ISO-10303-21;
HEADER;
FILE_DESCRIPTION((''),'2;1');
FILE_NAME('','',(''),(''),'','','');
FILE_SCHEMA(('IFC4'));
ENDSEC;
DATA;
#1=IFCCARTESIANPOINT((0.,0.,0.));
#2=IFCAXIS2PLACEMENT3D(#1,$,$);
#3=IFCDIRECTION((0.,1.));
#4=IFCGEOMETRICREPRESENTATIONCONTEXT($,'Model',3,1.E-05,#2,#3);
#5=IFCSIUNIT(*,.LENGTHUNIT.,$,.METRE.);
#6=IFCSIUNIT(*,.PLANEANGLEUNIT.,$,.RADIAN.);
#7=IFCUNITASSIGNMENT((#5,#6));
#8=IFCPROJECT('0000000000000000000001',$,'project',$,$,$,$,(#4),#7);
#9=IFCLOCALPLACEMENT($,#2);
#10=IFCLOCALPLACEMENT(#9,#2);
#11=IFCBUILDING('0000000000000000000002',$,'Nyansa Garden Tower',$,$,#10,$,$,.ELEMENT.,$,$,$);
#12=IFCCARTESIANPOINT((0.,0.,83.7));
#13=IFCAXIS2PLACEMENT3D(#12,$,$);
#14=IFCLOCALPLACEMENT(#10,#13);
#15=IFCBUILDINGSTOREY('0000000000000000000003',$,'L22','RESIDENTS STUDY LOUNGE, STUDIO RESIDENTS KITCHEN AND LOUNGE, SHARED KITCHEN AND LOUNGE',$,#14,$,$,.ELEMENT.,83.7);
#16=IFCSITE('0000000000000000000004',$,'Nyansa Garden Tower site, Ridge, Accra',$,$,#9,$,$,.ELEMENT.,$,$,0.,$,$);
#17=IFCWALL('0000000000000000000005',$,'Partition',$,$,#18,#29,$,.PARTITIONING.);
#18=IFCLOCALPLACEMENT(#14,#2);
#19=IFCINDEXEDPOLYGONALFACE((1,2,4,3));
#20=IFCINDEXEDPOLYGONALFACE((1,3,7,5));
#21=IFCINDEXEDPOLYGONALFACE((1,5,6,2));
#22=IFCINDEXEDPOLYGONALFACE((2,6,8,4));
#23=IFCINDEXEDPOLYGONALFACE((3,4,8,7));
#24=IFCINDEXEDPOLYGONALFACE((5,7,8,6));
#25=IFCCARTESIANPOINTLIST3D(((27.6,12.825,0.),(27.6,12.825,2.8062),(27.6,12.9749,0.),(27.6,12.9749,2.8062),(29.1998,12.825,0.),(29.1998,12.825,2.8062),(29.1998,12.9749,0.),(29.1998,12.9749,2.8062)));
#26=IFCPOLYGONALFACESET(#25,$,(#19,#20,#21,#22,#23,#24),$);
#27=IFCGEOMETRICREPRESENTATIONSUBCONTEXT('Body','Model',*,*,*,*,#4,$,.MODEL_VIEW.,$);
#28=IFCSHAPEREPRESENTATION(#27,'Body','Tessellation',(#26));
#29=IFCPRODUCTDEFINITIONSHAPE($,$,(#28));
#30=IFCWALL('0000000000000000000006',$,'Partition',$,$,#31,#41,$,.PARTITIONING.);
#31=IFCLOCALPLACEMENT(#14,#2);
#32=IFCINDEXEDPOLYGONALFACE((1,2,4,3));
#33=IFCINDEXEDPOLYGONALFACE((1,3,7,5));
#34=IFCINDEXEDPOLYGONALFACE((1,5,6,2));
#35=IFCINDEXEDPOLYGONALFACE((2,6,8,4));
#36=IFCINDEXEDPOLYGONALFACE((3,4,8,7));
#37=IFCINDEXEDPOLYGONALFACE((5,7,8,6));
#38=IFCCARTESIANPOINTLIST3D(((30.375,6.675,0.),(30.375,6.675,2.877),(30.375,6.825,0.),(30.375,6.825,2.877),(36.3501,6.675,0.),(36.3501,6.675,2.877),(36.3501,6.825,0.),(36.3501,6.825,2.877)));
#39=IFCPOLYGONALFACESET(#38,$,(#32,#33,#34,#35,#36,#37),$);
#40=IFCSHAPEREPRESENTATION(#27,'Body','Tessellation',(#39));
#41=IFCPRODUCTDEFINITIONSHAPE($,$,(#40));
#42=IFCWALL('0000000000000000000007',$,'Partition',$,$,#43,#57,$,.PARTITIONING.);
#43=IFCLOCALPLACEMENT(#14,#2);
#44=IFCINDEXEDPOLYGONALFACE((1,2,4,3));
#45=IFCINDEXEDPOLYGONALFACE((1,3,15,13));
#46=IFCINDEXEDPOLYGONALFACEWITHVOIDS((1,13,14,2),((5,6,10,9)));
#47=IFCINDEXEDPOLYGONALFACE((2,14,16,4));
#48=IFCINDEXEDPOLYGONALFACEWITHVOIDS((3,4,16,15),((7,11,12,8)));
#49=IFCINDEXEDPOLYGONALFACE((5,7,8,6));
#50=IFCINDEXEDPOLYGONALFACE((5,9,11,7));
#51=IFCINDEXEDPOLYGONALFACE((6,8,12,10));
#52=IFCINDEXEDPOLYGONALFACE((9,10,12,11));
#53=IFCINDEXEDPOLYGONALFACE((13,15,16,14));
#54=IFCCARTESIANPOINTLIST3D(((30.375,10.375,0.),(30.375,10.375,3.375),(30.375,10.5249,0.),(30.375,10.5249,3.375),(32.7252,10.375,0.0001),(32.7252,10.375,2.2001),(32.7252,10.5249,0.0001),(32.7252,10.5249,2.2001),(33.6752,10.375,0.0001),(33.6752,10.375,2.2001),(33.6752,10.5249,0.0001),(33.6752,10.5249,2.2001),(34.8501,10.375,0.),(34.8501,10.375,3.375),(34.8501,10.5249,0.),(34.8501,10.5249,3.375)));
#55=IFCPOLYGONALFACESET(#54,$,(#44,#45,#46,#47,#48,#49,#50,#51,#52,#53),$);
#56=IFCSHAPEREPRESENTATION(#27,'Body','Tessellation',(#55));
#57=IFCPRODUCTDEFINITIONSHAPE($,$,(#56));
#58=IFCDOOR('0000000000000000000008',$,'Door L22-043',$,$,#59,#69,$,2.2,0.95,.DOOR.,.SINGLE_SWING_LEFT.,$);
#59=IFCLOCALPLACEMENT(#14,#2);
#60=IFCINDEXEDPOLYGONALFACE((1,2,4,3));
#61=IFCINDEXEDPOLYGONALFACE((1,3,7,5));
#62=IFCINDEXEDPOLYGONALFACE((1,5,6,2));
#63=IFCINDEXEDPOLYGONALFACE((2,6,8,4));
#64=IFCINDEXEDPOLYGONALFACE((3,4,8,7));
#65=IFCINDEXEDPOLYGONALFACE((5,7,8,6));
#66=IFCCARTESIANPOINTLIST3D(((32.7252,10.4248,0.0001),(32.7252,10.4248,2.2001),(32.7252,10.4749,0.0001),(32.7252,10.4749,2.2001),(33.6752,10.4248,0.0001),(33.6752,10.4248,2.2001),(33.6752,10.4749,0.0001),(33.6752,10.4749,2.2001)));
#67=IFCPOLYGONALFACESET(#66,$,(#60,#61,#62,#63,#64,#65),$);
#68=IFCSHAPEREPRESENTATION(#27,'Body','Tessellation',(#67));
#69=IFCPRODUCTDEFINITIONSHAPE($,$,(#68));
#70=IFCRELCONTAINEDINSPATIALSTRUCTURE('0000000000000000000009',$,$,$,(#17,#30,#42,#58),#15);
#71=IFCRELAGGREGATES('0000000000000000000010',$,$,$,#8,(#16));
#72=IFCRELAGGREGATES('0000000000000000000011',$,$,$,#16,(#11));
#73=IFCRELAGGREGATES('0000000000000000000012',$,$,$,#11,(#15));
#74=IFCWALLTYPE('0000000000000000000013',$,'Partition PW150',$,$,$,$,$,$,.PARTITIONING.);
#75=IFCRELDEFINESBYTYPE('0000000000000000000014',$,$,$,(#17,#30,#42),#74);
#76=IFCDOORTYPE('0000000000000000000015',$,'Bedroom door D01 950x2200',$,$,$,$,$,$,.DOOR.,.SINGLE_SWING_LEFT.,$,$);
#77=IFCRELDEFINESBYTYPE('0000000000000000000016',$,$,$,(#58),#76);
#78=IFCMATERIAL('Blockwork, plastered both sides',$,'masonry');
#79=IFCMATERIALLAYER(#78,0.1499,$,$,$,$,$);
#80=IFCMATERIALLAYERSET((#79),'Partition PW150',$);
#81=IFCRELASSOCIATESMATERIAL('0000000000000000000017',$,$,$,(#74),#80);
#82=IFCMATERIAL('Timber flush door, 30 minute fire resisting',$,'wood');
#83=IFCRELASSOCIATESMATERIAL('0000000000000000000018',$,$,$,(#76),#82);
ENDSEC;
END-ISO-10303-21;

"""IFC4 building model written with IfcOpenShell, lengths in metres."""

from ifc_helpers import new_model, si_unit, direction, frame, frame_2d, origin, place, context, subcontext, project, spatial, rectangle, extrude, material, layer, layer_set, type_object, element, fill, save


model = new_model("IFC4")

# Units and contexts
model_context = context("Model", 3, precision=1e-05, world=origin(), true_north=direction((0.0, 1.0)))
body_context = subcontext(model_context, "Body", "Model", "MODEL_VIEW")
ifc_project = project(units=[si_unit("LENGTHUNIT", "METRE"), si_unit("PLANEANGLEUNIT", "RADIAN")], contexts=[model_context])

# Site, building, storey
site_placement = place(None, origin())
site = spatial("IfcSite", under=ifc_project, at=site_placement, Name="Nyansa Garden Tower site, Ridge, Accra", CompositionType="ELEMENT", RefElevation=0.0)
building_placement = place(site_placement, origin())
building = spatial("IfcBuilding", under=site, at=building_placement, Name="Nyansa Garden Tower", CompositionType="ELEMENT")
storey_placement = place(building_placement, frame((0.0, 0.0, 83.7)))
storey = spatial("IfcBuildingStorey", under=building, at=storey_placement, Name="L22", Description="RESIDENTS STUDY LOUNGE, STUDIO RESIDENTS KITCHEN AND LOUNGE, SHARED KITCHEN AND LOUNGE", CompositionType="ELEMENT", Elevation=83.7)

# Shared definitions
ifc_material_1 = material(Name="Blockwork, plastered both sides", Category="masonry")
ifc_layer_1 = layer(ifc_material_1, 0.1499)
ifc_layer_set_1 = layer_set([ifc_layer_1], Name="Partition PW150")
wall_type_1 = type_object("IfcWallType", Name="Partition PW150", PredefinedType="PARTITIONING", material=ifc_layer_set_1)
ifc_material_2 = material(Name="Timber flush door, 30 minute fire resisting", Category="wood")
door_type_1 = type_object("IfcDoorType", Name="Bedroom door D01 950x2200", OperationType="SINGLE_SWING_LEFT", PredefinedType="DOOR", material=ifc_material_2)

# Walls
wall_1_placement = place(storey_placement, frame((27.6001, 12.8999, 0.0), z_axis=(0.0, 0.0, 1.0), x_axis=(1.0, 0.0, 0.0)))
element("IfcWall", 1, at=wall_1_placement, inside=storey, type_object=wall_type_1, Name="Partition", PredefinedType="PARTITIONING", context=body_context, shape_type="SweptSolid", body=[
    extrude(rectangle(XDim=1.5999, YDim=0.1499, at=frame_2d((0.7998, 0.0))), origin(), (0.0, 0.0, 1.0), 2.8062),
])
wall_2_placement = place(storey_placement, frame((30.375, 6.75, 0.0), z_axis=(0.0, 0.0, 1.0), x_axis=(1.0, 0.0, 0.0)))
element("IfcWall", 2, at=wall_2_placement, inside=storey, type_object=wall_type_1, Name="Partition", PredefinedType="PARTITIONING", context=body_context, shape_type="SweptSolid", body=[
    extrude(rectangle(XDim=5.9751, YDim=0.1499, at=frame_2d((2.9875, 0.0))), origin(), (0.0, 0.0, 1.0), 2.877),
])

# Wall, opening, door
wall_3_placement = place(storey_placement, frame((30.375, 10.45, 0.0), z_axis=(0.0, 0.0, 1.0), x_axis=(1.0, 0.0, 0.0)))
wall_3 = element("IfcWall", 3, at=wall_3_placement, inside=storey, type_object=wall_type_1, Name="Partition", PredefinedType="PARTITIONING", context=body_context, shape_type="SweptSolid", body=[
    extrude(rectangle(XDim=4.4751, YDim=0.1499, at=frame_2d((2.2375, 0.0))), origin(), (0.0, 0.0, 1.0), 3.375),
])
opening_1_placement = place(wall_3_placement, frame((2.3501, 0.0, 0.0)))
opening_1 = element("IfcOpeningElement", 4, at=opening_1_placement, cuts=wall_3, PredefinedType="OPENING", context=body_context, shape_type="SweptSolid", body=[
    extrude(rectangle(XDim=0.95, YDim=2.2, at=frame_2d((0.4751, 1.1001))), frame((0.0, 0.085, 0.0), z_axis=(0.0, -1.0, 0.0), x_axis=(1.0, 0.0, 0.0)), (0.0, 0.0, 1.0), 0.1699),
])
door_1_placement = place(opening_1_placement, origin())
door_1 = element("IfcDoor", 5, at=door_1_placement, inside=storey, type_object=door_type_1, Name="Door L22-043", OperationType="SINGLE_SWING_LEFT", OverallHeight=2.2, OverallWidth=0.95, PredefinedType="DOOR", context=body_context, shape_type="SweptSolid", body=[
    extrude(rectangle(XDim=0.95, YDim=2.2, at=frame_2d((0.4751, 1.1001))), frame((0.0, 0.0249, 0.0), z_axis=(0.0, -1.0, 0.0), x_axis=(1.0, 0.0, 0.0)), (0.0, 0.0, 1.0), 0.05),
])
fill(opening_1, door_1)

save(model, "model.ifc")
